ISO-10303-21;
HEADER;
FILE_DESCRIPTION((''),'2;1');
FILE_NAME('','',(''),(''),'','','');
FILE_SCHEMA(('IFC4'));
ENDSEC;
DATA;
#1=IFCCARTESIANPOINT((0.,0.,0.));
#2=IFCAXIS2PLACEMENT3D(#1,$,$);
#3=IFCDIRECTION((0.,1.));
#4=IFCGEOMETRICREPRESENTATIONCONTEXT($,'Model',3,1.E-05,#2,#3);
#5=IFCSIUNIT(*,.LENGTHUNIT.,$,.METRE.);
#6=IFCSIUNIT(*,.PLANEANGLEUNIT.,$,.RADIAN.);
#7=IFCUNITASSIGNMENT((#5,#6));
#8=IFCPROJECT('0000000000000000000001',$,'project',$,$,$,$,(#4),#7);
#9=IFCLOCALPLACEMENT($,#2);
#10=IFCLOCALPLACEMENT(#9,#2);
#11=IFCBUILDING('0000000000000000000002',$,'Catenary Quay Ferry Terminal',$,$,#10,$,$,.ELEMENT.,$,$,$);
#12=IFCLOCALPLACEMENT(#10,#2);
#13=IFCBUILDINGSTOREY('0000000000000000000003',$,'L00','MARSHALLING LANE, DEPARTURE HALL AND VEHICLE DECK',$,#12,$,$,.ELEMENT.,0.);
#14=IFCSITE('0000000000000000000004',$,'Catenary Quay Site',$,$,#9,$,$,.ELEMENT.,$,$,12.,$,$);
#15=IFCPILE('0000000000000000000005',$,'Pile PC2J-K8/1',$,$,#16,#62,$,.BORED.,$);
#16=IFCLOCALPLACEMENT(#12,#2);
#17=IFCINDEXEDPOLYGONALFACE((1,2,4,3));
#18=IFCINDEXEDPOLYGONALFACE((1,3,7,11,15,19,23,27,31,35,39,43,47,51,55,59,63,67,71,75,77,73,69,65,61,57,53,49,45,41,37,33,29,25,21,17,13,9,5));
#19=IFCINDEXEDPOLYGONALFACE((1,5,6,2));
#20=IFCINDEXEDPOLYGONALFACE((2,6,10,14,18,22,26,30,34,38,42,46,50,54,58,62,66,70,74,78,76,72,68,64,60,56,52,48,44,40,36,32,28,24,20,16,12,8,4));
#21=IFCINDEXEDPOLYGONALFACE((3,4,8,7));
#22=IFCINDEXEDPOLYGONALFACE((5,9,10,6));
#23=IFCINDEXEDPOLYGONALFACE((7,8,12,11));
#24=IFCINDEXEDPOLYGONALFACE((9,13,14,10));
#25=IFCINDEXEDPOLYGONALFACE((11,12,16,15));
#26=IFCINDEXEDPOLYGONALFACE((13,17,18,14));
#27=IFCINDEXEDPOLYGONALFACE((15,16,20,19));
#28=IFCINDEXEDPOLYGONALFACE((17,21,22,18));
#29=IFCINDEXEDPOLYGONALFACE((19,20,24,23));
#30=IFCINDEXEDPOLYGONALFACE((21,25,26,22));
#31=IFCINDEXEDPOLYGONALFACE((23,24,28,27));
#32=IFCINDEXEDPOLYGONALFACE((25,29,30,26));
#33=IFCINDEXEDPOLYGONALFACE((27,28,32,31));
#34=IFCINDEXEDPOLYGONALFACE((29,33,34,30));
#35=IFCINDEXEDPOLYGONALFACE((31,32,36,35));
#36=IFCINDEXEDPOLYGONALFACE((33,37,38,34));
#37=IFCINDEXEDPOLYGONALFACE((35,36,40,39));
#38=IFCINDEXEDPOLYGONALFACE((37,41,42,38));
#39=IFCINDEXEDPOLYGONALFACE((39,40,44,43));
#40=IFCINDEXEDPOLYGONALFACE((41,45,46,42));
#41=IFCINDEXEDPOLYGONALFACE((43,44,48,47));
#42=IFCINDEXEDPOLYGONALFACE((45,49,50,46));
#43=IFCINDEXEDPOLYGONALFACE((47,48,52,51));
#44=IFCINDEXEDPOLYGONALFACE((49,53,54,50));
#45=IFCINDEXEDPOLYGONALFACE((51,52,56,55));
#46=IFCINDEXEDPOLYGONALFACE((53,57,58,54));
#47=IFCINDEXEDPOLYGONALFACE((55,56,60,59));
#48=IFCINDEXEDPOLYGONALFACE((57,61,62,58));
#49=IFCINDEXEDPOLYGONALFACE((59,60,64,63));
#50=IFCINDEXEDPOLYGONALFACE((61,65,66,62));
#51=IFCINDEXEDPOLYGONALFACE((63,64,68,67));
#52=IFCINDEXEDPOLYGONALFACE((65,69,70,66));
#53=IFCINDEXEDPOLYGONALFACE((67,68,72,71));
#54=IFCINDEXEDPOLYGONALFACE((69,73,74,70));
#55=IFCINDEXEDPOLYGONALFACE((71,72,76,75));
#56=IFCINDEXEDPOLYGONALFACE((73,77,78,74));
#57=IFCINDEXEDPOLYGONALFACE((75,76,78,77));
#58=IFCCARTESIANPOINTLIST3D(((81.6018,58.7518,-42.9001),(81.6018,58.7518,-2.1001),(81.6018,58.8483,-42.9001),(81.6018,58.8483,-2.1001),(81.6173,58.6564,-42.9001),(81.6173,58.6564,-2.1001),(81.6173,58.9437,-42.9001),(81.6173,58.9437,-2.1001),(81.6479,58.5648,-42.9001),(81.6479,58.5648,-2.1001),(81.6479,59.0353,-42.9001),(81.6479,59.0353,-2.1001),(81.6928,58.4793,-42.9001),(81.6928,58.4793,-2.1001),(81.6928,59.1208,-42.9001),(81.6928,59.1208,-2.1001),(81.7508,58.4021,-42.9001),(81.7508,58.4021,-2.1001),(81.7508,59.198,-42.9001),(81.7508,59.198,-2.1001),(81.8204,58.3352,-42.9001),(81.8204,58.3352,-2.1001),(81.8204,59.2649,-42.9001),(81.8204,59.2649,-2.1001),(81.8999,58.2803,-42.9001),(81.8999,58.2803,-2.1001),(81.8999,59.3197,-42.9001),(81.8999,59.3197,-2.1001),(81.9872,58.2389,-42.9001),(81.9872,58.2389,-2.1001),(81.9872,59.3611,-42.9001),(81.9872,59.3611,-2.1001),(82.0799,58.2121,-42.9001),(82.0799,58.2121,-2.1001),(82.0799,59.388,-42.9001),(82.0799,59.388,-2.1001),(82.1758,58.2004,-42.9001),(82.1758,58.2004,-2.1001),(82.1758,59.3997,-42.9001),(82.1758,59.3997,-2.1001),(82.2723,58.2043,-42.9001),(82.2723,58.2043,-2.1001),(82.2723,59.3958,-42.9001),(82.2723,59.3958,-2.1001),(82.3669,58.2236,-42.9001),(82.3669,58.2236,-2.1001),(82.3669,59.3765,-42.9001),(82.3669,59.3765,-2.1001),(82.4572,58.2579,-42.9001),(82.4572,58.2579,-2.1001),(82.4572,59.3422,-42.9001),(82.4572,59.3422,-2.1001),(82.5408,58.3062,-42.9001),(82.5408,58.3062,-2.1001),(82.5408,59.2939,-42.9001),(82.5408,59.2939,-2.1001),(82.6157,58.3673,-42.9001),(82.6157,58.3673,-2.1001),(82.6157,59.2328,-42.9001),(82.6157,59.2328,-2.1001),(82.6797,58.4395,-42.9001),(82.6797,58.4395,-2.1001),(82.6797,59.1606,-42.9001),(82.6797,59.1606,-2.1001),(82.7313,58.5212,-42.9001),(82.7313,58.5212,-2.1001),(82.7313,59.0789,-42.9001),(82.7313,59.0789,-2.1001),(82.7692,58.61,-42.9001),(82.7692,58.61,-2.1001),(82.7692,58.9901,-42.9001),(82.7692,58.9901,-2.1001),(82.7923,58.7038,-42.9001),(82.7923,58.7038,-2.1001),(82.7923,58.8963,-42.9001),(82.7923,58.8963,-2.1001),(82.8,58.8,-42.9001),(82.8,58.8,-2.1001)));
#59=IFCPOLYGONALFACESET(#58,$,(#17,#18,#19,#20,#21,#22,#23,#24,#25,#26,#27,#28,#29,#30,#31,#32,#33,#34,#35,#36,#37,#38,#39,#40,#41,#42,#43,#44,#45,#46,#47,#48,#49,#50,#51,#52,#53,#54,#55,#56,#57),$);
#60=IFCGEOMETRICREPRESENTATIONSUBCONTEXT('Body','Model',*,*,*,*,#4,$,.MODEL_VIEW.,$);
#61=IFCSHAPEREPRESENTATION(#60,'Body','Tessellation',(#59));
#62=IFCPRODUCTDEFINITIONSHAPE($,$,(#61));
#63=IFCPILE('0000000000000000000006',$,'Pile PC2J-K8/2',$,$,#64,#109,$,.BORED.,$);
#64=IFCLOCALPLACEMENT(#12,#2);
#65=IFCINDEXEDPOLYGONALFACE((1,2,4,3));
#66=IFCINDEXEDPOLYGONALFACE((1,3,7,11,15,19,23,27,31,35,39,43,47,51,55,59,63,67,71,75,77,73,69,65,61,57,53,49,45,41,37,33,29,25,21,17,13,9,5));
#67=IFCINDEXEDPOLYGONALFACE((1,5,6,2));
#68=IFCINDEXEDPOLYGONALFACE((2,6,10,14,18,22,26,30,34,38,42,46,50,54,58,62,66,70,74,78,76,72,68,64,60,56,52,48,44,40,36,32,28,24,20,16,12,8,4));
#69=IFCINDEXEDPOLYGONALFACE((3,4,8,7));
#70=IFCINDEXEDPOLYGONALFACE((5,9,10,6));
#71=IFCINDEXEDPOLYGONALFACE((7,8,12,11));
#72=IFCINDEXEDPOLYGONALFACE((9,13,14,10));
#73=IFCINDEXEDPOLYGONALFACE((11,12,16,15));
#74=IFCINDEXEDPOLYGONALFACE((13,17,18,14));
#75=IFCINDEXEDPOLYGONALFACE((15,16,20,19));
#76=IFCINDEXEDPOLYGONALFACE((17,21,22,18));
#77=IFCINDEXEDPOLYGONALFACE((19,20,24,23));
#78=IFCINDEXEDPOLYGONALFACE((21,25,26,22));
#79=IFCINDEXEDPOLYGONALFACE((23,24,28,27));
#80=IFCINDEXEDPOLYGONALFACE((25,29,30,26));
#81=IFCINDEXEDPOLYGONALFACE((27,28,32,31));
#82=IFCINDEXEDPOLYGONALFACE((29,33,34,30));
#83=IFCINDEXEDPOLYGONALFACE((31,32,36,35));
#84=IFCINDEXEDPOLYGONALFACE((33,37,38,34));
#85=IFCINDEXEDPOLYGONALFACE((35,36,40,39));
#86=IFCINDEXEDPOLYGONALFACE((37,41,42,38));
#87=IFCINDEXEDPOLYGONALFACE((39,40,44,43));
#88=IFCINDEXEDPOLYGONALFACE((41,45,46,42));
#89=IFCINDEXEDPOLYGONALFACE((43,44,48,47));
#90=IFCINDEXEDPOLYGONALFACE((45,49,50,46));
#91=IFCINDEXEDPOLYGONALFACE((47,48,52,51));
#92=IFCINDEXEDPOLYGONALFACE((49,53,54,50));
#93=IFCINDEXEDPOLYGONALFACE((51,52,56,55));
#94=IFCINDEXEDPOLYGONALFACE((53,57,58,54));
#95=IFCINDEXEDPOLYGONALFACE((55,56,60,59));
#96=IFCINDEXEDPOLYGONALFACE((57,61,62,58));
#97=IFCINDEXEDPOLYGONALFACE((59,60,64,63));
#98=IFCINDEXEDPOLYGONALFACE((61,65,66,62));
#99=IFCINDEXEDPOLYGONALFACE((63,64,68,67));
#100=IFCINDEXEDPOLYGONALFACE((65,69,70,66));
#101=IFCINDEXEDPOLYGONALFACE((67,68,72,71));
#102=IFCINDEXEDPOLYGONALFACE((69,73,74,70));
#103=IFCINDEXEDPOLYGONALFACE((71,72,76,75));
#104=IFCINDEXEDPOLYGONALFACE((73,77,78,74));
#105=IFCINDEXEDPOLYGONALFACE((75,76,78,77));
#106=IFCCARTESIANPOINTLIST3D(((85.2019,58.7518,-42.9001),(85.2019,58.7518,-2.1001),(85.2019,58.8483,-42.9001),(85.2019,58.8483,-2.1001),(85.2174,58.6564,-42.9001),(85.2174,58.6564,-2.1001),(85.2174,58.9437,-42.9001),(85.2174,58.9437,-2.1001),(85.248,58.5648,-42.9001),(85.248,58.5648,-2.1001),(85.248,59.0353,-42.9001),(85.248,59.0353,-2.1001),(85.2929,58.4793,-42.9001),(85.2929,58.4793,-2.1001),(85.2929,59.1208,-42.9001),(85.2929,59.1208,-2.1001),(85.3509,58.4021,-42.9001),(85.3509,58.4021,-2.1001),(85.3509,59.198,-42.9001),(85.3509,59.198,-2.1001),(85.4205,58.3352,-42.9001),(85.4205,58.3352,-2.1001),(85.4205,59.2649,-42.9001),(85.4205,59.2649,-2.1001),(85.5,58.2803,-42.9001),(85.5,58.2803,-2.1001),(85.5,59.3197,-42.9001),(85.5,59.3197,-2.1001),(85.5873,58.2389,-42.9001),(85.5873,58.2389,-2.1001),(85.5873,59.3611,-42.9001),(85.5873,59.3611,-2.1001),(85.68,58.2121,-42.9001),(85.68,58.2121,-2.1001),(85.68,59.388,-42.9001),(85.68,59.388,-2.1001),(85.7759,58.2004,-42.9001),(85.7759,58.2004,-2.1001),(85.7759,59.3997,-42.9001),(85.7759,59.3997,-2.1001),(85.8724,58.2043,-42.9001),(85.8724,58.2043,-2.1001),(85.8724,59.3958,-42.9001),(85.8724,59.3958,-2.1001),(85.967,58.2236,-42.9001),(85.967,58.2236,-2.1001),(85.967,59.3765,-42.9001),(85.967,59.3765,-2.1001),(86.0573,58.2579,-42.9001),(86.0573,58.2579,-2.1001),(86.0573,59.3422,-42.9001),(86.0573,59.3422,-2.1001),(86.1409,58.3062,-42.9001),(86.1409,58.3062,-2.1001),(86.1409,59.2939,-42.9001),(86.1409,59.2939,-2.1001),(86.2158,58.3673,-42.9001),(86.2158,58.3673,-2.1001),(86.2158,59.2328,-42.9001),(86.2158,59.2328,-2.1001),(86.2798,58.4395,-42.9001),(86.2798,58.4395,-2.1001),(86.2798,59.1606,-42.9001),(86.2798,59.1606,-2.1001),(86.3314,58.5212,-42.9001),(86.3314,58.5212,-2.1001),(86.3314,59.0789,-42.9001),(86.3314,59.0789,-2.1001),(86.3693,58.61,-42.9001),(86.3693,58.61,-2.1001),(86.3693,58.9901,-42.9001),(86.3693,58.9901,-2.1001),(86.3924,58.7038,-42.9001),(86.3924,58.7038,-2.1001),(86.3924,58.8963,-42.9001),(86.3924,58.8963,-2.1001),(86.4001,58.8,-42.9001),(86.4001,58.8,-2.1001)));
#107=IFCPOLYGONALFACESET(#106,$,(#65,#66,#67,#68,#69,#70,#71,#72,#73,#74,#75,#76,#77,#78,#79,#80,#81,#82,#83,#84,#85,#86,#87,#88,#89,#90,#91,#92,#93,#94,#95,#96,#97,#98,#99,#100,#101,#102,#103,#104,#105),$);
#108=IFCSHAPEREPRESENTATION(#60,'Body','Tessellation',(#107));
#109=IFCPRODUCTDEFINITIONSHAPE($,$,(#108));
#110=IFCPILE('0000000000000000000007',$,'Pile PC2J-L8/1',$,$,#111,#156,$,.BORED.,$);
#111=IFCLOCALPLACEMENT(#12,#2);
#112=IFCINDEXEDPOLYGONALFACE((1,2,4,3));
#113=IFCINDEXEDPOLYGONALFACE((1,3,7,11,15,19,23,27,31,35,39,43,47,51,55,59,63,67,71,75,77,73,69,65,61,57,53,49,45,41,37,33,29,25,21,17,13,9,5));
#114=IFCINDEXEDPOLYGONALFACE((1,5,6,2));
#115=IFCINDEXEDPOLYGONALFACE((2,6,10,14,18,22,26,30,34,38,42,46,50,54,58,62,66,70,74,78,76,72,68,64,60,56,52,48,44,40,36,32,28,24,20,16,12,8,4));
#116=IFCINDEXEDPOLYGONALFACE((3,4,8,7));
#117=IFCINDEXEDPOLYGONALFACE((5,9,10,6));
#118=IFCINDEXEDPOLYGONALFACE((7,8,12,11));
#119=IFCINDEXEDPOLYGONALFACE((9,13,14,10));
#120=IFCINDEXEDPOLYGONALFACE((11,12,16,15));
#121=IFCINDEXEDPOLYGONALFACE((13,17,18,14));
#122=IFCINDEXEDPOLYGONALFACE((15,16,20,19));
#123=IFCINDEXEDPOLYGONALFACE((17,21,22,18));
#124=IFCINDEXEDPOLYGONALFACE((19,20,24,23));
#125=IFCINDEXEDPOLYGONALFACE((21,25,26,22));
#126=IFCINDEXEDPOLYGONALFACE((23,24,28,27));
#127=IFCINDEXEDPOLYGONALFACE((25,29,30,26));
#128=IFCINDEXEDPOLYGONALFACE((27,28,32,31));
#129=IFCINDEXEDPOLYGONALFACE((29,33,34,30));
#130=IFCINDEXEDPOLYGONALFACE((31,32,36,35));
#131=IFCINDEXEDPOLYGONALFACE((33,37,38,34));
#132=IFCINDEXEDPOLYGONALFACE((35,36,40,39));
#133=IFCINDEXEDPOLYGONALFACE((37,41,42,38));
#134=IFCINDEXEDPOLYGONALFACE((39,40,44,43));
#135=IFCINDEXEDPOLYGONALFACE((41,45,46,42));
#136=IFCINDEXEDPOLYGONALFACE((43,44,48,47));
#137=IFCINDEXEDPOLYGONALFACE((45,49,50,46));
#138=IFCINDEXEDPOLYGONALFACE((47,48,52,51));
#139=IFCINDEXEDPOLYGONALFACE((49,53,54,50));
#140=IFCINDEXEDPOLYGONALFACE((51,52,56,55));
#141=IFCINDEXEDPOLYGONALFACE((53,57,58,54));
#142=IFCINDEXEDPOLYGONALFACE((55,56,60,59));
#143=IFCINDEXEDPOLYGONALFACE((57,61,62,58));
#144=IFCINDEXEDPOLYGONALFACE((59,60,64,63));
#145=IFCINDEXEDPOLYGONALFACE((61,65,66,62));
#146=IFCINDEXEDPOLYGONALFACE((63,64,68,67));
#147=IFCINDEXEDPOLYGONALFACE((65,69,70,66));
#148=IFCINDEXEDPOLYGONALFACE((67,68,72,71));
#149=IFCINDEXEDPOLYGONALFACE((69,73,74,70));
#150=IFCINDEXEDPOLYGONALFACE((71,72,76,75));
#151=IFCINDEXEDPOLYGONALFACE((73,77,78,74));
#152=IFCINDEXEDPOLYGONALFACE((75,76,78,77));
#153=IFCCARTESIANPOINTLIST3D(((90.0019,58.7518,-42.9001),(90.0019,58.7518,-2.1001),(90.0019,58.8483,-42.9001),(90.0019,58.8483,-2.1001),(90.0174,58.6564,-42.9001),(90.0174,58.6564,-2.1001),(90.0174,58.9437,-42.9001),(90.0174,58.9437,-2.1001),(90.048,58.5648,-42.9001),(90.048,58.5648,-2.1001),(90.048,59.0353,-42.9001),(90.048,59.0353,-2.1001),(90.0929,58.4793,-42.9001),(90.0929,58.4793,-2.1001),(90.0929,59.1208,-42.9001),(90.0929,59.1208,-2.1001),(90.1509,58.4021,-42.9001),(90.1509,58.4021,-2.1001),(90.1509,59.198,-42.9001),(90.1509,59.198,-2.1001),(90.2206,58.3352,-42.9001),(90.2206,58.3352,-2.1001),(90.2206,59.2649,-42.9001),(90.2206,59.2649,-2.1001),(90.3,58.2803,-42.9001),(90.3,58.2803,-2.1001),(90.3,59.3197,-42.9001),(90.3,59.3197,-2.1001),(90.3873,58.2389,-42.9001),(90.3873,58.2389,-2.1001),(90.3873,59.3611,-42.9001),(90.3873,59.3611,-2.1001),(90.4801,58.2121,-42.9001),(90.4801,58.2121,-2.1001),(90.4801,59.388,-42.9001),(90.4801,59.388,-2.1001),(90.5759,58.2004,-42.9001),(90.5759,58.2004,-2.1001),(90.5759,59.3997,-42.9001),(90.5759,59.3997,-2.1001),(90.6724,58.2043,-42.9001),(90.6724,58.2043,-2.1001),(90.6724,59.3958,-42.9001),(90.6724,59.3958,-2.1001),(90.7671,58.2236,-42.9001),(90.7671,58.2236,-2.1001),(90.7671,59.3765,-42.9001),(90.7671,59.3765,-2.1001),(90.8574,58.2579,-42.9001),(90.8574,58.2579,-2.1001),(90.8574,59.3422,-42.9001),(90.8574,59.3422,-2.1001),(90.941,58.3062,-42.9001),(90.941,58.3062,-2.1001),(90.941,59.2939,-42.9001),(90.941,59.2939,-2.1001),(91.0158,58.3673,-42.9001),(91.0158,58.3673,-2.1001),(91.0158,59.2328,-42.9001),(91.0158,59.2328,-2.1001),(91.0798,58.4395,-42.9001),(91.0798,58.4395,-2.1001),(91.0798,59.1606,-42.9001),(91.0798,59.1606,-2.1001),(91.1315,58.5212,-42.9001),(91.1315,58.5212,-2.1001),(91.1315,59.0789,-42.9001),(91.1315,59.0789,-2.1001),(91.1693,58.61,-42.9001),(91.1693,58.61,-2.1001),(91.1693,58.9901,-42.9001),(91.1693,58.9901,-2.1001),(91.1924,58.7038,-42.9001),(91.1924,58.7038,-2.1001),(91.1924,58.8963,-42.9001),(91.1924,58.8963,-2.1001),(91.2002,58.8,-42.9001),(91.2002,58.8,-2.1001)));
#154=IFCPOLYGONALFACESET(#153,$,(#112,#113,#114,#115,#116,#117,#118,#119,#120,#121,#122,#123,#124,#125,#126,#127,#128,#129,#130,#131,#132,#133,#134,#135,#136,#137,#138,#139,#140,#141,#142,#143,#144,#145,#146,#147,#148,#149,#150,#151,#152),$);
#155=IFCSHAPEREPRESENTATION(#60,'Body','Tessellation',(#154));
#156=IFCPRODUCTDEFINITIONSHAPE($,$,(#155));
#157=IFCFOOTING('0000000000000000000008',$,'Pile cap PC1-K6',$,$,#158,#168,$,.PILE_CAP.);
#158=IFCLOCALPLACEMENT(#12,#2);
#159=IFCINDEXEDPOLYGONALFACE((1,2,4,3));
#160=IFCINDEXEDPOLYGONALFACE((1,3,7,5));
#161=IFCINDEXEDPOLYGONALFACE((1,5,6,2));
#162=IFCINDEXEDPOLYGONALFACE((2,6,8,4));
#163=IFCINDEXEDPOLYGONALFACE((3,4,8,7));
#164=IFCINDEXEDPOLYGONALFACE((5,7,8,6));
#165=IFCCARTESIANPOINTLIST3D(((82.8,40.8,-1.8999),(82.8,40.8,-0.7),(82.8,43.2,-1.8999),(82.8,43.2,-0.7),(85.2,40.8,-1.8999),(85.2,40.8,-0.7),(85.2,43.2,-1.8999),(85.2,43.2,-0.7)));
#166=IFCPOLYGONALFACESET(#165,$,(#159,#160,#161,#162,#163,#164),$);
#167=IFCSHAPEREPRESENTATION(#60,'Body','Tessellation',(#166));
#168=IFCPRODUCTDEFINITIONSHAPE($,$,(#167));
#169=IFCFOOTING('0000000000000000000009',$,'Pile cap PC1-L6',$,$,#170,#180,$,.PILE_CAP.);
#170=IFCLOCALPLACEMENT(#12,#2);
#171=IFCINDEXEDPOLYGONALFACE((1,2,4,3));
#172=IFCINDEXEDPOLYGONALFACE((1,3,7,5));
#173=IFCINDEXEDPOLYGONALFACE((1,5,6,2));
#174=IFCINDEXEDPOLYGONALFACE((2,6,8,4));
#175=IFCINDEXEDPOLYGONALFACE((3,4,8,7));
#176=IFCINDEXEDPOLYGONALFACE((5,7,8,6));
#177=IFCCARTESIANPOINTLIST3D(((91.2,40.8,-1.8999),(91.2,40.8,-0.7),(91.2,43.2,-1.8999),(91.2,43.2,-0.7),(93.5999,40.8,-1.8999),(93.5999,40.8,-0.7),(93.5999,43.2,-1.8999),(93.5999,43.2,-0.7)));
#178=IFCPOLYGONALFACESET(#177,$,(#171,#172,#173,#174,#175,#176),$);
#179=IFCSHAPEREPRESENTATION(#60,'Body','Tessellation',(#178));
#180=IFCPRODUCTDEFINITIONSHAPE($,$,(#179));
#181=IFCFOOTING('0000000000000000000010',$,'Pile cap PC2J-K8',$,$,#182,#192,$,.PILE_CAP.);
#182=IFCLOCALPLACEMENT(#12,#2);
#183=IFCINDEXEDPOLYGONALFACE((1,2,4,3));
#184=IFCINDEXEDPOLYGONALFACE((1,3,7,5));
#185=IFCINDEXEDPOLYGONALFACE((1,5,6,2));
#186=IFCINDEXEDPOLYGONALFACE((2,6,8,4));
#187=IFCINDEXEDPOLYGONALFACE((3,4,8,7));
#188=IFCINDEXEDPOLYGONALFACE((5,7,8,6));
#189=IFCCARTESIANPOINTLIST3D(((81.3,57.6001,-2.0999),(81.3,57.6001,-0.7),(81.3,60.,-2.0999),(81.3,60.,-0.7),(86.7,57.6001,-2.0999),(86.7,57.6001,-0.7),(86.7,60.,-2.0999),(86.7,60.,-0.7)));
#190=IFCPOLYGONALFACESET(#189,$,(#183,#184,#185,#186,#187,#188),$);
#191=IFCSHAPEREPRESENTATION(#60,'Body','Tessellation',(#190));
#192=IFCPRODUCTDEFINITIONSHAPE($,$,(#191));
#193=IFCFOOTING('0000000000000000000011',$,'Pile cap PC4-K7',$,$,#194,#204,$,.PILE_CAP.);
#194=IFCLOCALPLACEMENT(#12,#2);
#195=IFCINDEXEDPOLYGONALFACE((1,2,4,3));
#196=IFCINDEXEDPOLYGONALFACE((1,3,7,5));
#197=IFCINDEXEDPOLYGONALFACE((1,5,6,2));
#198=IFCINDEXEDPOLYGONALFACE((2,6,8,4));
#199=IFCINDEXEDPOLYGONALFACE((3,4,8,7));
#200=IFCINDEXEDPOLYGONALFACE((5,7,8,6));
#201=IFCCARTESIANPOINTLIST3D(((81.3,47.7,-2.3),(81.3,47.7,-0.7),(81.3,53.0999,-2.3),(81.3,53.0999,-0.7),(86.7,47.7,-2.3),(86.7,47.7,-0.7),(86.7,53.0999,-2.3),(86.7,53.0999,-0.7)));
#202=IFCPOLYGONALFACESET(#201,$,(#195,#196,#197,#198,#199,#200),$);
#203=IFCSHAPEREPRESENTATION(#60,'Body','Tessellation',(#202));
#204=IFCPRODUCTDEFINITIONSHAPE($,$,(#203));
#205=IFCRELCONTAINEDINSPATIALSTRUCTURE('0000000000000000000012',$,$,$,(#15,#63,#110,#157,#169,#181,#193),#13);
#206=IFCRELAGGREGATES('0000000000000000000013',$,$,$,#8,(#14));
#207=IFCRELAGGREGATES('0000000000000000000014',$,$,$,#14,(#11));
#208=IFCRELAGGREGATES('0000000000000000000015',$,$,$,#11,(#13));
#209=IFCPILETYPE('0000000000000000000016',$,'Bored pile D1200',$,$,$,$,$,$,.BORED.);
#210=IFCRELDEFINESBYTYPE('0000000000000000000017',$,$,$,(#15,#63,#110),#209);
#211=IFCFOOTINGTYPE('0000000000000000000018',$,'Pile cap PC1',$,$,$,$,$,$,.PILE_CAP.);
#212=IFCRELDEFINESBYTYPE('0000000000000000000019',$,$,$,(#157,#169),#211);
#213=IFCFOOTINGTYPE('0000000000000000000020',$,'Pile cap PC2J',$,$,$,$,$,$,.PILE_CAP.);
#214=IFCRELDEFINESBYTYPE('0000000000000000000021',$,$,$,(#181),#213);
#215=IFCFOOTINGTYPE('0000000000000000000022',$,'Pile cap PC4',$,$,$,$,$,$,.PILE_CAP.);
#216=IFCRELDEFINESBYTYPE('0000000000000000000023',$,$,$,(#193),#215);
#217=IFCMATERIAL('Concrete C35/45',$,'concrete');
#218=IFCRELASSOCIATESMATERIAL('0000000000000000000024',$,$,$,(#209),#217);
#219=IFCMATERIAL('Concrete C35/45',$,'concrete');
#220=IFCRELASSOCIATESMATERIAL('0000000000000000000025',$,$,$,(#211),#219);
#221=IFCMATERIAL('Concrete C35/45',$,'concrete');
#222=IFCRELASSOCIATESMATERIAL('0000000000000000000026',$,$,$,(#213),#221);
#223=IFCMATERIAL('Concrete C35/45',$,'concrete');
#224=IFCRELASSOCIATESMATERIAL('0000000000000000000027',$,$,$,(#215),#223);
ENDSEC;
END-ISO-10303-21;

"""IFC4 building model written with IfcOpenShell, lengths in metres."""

from ifc_helpers import new_model, si_unit, direction, frame, origin, origin_2d, place, context, subcontext, project, spatial, rectangle, circle, extrude, material, material_profile, profile_set, type_object, element, save


model = new_model("IFC4")

# Units and contexts
model_context = context("Model", 3, precision=1e-05, world=origin(), true_north=direction((0.0, 1.0)))
body_context = subcontext(model_context, "Body", "Model", "MODEL_VIEW")
ifc_project = project(units=[si_unit("LENGTHUNIT", "METRE"), si_unit("PLANEANGLEUNIT", "RADIAN")], contexts=[model_context])

# Site, building, storey
site_placement = place(None, origin())
site = spatial("IfcSite", under=ifc_project, at=site_placement, Name="Catenary Quay Site", CompositionType="ELEMENT", RefElevation=12.0)
building_placement = place(site_placement, origin())
building = spatial("IfcBuilding", under=site, at=building_placement, Name="Catenary Quay Ferry Terminal", CompositionType="ELEMENT")
storey_placement = place(building_placement, origin())
storey = spatial("IfcBuildingStorey", under=building, at=storey_placement, Name="L00", Description="MARSHALLING LANE, DEPARTURE HALL AND VEHICLE DECK", CompositionType="ELEMENT", Elevation=0.0)

# Piles
ifc_material_1 = material(Name="Concrete C35/45", Category="concrete")
ifc_material_profile_1 = material_profile(ifc_material_1, circle(Radius=0.6001, at=origin_2d()), Name="D1200")
ifc_profile_set_1 = profile_set([ifc_material_profile_1], Name="Concrete C35/45")
pile_type = type_object("IfcPileType", Name="Bored pile D1200", PredefinedType="BORED", material=ifc_profile_set_1)
for number, where, z_axis, x_axis, name in (
    (1, (82.2, 58.8, -2.1001), (0.0, 0.0, -1.0), (1.0, 0.0, 0.0), "Pile PC2J-K8/1"),
    (2, (85.8, 58.8, -2.1001), (0.0, 0.0, -1.0), (1.0, 0.0, 0.0), "Pile PC2J-K8/2"),
    (3, (90.6001, 58.8, -2.1001), (0.0, 0.0, -1.0), (1.0, 0.0, 0.0), "Pile PC2J-L8/1"),
):
    element("IfcPile", number, at=place(storey_placement, frame(where, z_axis=z_axis, x_axis=x_axis)), inside=storey, type_object=pile_type, Name=name, PredefinedType="BORED", context=body_context, shape_type="SweptSolid", body=[
        extrude(circle(Radius=0.6001, at=origin_2d()), origin(), (0.0, 0.0, 1.0), 40.8),
    ])

# Footings
ifc_material_2 = material(Name="Concrete C35/45", Category="concrete")
footing_type_1 = type_object("IfcFootingType", Name="Pile cap PC1", PredefinedType="PILE_CAP", material=ifc_material_2)
for number, where, z_axis, x_axis, name in (
    (4, (84.0, 42.0, -1.8999), (0.0, 0.0, 1.0), (1.0, 0.0, 0.0), "Pile cap PC1-K6"),
    (5, (92.3999, 42.0, -1.8999), (0.0, 0.0, 1.0), (1.0, 0.0, 0.0), "Pile cap PC1-L6"),
):
    element("IfcFooting", number, at=place(storey_placement, frame(where, z_axis=z_axis, x_axis=x_axis)), inside=storey, type_object=footing_type_1, Name=name, PredefinedType="PILE_CAP", context=body_context, shape_type="SweptSolid", body=[
        extrude(rectangle(XDim=2.3999, YDim=2.3999, at=origin_2d()), origin(), (0.0, 0.0, 1.0), 1.2),
    ])
ifc_material_3 = material(Name="Concrete C35/45", Category="concrete")
footing_type_2 = type_object("IfcFootingType", Name="Pile cap PC2J", PredefinedType="PILE_CAP", material=ifc_material_3)
footing_placement = place(storey_placement, frame((84.0, 58.8, -2.0999), z_axis=(0.0, 0.0, 1.0), x_axis=(1.0, 0.0, 0.0)))
element("IfcFooting", 6, at=footing_placement, inside=storey, type_object=footing_type_2, Name="Pile cap PC2J-K8", PredefinedType="PILE_CAP", context=body_context, shape_type="SweptSolid", body=[
    extrude(rectangle(XDim=5.3999, YDim=2.3999, at=origin_2d()), origin(), (0.0, 0.0, 1.0), 1.3999),
])
ifc_material_4 = material(Name="Concrete C35/45", Category="concrete")
footing_type_3 = type_object("IfcFootingType", Name="Pile cap PC4", PredefinedType="PILE_CAP", material=ifc_material_4)
for number, where, z_axis, x_axis, name in (
    (7, (84.0, 50.3999, -2.3), (0.0, 0.0, 1.0), (1.0, 0.0, 0.0), "Pile cap PC4-K7"),
):
    element("IfcFooting", number, at=place(storey_placement, frame(where, z_axis=z_axis, x_axis=x_axis)), inside=storey, type_object=footing_type_3, Name=name, PredefinedType="PILE_CAP", context=body_context, shape_type="SweptSolid", body=[
        extrude(rectangle(XDim=5.3999, YDim=5.3999, at=origin_2d()), origin(), (0.0, 0.0, 1.0), 1.6001),
    ])

save(model, "model.ifc")
